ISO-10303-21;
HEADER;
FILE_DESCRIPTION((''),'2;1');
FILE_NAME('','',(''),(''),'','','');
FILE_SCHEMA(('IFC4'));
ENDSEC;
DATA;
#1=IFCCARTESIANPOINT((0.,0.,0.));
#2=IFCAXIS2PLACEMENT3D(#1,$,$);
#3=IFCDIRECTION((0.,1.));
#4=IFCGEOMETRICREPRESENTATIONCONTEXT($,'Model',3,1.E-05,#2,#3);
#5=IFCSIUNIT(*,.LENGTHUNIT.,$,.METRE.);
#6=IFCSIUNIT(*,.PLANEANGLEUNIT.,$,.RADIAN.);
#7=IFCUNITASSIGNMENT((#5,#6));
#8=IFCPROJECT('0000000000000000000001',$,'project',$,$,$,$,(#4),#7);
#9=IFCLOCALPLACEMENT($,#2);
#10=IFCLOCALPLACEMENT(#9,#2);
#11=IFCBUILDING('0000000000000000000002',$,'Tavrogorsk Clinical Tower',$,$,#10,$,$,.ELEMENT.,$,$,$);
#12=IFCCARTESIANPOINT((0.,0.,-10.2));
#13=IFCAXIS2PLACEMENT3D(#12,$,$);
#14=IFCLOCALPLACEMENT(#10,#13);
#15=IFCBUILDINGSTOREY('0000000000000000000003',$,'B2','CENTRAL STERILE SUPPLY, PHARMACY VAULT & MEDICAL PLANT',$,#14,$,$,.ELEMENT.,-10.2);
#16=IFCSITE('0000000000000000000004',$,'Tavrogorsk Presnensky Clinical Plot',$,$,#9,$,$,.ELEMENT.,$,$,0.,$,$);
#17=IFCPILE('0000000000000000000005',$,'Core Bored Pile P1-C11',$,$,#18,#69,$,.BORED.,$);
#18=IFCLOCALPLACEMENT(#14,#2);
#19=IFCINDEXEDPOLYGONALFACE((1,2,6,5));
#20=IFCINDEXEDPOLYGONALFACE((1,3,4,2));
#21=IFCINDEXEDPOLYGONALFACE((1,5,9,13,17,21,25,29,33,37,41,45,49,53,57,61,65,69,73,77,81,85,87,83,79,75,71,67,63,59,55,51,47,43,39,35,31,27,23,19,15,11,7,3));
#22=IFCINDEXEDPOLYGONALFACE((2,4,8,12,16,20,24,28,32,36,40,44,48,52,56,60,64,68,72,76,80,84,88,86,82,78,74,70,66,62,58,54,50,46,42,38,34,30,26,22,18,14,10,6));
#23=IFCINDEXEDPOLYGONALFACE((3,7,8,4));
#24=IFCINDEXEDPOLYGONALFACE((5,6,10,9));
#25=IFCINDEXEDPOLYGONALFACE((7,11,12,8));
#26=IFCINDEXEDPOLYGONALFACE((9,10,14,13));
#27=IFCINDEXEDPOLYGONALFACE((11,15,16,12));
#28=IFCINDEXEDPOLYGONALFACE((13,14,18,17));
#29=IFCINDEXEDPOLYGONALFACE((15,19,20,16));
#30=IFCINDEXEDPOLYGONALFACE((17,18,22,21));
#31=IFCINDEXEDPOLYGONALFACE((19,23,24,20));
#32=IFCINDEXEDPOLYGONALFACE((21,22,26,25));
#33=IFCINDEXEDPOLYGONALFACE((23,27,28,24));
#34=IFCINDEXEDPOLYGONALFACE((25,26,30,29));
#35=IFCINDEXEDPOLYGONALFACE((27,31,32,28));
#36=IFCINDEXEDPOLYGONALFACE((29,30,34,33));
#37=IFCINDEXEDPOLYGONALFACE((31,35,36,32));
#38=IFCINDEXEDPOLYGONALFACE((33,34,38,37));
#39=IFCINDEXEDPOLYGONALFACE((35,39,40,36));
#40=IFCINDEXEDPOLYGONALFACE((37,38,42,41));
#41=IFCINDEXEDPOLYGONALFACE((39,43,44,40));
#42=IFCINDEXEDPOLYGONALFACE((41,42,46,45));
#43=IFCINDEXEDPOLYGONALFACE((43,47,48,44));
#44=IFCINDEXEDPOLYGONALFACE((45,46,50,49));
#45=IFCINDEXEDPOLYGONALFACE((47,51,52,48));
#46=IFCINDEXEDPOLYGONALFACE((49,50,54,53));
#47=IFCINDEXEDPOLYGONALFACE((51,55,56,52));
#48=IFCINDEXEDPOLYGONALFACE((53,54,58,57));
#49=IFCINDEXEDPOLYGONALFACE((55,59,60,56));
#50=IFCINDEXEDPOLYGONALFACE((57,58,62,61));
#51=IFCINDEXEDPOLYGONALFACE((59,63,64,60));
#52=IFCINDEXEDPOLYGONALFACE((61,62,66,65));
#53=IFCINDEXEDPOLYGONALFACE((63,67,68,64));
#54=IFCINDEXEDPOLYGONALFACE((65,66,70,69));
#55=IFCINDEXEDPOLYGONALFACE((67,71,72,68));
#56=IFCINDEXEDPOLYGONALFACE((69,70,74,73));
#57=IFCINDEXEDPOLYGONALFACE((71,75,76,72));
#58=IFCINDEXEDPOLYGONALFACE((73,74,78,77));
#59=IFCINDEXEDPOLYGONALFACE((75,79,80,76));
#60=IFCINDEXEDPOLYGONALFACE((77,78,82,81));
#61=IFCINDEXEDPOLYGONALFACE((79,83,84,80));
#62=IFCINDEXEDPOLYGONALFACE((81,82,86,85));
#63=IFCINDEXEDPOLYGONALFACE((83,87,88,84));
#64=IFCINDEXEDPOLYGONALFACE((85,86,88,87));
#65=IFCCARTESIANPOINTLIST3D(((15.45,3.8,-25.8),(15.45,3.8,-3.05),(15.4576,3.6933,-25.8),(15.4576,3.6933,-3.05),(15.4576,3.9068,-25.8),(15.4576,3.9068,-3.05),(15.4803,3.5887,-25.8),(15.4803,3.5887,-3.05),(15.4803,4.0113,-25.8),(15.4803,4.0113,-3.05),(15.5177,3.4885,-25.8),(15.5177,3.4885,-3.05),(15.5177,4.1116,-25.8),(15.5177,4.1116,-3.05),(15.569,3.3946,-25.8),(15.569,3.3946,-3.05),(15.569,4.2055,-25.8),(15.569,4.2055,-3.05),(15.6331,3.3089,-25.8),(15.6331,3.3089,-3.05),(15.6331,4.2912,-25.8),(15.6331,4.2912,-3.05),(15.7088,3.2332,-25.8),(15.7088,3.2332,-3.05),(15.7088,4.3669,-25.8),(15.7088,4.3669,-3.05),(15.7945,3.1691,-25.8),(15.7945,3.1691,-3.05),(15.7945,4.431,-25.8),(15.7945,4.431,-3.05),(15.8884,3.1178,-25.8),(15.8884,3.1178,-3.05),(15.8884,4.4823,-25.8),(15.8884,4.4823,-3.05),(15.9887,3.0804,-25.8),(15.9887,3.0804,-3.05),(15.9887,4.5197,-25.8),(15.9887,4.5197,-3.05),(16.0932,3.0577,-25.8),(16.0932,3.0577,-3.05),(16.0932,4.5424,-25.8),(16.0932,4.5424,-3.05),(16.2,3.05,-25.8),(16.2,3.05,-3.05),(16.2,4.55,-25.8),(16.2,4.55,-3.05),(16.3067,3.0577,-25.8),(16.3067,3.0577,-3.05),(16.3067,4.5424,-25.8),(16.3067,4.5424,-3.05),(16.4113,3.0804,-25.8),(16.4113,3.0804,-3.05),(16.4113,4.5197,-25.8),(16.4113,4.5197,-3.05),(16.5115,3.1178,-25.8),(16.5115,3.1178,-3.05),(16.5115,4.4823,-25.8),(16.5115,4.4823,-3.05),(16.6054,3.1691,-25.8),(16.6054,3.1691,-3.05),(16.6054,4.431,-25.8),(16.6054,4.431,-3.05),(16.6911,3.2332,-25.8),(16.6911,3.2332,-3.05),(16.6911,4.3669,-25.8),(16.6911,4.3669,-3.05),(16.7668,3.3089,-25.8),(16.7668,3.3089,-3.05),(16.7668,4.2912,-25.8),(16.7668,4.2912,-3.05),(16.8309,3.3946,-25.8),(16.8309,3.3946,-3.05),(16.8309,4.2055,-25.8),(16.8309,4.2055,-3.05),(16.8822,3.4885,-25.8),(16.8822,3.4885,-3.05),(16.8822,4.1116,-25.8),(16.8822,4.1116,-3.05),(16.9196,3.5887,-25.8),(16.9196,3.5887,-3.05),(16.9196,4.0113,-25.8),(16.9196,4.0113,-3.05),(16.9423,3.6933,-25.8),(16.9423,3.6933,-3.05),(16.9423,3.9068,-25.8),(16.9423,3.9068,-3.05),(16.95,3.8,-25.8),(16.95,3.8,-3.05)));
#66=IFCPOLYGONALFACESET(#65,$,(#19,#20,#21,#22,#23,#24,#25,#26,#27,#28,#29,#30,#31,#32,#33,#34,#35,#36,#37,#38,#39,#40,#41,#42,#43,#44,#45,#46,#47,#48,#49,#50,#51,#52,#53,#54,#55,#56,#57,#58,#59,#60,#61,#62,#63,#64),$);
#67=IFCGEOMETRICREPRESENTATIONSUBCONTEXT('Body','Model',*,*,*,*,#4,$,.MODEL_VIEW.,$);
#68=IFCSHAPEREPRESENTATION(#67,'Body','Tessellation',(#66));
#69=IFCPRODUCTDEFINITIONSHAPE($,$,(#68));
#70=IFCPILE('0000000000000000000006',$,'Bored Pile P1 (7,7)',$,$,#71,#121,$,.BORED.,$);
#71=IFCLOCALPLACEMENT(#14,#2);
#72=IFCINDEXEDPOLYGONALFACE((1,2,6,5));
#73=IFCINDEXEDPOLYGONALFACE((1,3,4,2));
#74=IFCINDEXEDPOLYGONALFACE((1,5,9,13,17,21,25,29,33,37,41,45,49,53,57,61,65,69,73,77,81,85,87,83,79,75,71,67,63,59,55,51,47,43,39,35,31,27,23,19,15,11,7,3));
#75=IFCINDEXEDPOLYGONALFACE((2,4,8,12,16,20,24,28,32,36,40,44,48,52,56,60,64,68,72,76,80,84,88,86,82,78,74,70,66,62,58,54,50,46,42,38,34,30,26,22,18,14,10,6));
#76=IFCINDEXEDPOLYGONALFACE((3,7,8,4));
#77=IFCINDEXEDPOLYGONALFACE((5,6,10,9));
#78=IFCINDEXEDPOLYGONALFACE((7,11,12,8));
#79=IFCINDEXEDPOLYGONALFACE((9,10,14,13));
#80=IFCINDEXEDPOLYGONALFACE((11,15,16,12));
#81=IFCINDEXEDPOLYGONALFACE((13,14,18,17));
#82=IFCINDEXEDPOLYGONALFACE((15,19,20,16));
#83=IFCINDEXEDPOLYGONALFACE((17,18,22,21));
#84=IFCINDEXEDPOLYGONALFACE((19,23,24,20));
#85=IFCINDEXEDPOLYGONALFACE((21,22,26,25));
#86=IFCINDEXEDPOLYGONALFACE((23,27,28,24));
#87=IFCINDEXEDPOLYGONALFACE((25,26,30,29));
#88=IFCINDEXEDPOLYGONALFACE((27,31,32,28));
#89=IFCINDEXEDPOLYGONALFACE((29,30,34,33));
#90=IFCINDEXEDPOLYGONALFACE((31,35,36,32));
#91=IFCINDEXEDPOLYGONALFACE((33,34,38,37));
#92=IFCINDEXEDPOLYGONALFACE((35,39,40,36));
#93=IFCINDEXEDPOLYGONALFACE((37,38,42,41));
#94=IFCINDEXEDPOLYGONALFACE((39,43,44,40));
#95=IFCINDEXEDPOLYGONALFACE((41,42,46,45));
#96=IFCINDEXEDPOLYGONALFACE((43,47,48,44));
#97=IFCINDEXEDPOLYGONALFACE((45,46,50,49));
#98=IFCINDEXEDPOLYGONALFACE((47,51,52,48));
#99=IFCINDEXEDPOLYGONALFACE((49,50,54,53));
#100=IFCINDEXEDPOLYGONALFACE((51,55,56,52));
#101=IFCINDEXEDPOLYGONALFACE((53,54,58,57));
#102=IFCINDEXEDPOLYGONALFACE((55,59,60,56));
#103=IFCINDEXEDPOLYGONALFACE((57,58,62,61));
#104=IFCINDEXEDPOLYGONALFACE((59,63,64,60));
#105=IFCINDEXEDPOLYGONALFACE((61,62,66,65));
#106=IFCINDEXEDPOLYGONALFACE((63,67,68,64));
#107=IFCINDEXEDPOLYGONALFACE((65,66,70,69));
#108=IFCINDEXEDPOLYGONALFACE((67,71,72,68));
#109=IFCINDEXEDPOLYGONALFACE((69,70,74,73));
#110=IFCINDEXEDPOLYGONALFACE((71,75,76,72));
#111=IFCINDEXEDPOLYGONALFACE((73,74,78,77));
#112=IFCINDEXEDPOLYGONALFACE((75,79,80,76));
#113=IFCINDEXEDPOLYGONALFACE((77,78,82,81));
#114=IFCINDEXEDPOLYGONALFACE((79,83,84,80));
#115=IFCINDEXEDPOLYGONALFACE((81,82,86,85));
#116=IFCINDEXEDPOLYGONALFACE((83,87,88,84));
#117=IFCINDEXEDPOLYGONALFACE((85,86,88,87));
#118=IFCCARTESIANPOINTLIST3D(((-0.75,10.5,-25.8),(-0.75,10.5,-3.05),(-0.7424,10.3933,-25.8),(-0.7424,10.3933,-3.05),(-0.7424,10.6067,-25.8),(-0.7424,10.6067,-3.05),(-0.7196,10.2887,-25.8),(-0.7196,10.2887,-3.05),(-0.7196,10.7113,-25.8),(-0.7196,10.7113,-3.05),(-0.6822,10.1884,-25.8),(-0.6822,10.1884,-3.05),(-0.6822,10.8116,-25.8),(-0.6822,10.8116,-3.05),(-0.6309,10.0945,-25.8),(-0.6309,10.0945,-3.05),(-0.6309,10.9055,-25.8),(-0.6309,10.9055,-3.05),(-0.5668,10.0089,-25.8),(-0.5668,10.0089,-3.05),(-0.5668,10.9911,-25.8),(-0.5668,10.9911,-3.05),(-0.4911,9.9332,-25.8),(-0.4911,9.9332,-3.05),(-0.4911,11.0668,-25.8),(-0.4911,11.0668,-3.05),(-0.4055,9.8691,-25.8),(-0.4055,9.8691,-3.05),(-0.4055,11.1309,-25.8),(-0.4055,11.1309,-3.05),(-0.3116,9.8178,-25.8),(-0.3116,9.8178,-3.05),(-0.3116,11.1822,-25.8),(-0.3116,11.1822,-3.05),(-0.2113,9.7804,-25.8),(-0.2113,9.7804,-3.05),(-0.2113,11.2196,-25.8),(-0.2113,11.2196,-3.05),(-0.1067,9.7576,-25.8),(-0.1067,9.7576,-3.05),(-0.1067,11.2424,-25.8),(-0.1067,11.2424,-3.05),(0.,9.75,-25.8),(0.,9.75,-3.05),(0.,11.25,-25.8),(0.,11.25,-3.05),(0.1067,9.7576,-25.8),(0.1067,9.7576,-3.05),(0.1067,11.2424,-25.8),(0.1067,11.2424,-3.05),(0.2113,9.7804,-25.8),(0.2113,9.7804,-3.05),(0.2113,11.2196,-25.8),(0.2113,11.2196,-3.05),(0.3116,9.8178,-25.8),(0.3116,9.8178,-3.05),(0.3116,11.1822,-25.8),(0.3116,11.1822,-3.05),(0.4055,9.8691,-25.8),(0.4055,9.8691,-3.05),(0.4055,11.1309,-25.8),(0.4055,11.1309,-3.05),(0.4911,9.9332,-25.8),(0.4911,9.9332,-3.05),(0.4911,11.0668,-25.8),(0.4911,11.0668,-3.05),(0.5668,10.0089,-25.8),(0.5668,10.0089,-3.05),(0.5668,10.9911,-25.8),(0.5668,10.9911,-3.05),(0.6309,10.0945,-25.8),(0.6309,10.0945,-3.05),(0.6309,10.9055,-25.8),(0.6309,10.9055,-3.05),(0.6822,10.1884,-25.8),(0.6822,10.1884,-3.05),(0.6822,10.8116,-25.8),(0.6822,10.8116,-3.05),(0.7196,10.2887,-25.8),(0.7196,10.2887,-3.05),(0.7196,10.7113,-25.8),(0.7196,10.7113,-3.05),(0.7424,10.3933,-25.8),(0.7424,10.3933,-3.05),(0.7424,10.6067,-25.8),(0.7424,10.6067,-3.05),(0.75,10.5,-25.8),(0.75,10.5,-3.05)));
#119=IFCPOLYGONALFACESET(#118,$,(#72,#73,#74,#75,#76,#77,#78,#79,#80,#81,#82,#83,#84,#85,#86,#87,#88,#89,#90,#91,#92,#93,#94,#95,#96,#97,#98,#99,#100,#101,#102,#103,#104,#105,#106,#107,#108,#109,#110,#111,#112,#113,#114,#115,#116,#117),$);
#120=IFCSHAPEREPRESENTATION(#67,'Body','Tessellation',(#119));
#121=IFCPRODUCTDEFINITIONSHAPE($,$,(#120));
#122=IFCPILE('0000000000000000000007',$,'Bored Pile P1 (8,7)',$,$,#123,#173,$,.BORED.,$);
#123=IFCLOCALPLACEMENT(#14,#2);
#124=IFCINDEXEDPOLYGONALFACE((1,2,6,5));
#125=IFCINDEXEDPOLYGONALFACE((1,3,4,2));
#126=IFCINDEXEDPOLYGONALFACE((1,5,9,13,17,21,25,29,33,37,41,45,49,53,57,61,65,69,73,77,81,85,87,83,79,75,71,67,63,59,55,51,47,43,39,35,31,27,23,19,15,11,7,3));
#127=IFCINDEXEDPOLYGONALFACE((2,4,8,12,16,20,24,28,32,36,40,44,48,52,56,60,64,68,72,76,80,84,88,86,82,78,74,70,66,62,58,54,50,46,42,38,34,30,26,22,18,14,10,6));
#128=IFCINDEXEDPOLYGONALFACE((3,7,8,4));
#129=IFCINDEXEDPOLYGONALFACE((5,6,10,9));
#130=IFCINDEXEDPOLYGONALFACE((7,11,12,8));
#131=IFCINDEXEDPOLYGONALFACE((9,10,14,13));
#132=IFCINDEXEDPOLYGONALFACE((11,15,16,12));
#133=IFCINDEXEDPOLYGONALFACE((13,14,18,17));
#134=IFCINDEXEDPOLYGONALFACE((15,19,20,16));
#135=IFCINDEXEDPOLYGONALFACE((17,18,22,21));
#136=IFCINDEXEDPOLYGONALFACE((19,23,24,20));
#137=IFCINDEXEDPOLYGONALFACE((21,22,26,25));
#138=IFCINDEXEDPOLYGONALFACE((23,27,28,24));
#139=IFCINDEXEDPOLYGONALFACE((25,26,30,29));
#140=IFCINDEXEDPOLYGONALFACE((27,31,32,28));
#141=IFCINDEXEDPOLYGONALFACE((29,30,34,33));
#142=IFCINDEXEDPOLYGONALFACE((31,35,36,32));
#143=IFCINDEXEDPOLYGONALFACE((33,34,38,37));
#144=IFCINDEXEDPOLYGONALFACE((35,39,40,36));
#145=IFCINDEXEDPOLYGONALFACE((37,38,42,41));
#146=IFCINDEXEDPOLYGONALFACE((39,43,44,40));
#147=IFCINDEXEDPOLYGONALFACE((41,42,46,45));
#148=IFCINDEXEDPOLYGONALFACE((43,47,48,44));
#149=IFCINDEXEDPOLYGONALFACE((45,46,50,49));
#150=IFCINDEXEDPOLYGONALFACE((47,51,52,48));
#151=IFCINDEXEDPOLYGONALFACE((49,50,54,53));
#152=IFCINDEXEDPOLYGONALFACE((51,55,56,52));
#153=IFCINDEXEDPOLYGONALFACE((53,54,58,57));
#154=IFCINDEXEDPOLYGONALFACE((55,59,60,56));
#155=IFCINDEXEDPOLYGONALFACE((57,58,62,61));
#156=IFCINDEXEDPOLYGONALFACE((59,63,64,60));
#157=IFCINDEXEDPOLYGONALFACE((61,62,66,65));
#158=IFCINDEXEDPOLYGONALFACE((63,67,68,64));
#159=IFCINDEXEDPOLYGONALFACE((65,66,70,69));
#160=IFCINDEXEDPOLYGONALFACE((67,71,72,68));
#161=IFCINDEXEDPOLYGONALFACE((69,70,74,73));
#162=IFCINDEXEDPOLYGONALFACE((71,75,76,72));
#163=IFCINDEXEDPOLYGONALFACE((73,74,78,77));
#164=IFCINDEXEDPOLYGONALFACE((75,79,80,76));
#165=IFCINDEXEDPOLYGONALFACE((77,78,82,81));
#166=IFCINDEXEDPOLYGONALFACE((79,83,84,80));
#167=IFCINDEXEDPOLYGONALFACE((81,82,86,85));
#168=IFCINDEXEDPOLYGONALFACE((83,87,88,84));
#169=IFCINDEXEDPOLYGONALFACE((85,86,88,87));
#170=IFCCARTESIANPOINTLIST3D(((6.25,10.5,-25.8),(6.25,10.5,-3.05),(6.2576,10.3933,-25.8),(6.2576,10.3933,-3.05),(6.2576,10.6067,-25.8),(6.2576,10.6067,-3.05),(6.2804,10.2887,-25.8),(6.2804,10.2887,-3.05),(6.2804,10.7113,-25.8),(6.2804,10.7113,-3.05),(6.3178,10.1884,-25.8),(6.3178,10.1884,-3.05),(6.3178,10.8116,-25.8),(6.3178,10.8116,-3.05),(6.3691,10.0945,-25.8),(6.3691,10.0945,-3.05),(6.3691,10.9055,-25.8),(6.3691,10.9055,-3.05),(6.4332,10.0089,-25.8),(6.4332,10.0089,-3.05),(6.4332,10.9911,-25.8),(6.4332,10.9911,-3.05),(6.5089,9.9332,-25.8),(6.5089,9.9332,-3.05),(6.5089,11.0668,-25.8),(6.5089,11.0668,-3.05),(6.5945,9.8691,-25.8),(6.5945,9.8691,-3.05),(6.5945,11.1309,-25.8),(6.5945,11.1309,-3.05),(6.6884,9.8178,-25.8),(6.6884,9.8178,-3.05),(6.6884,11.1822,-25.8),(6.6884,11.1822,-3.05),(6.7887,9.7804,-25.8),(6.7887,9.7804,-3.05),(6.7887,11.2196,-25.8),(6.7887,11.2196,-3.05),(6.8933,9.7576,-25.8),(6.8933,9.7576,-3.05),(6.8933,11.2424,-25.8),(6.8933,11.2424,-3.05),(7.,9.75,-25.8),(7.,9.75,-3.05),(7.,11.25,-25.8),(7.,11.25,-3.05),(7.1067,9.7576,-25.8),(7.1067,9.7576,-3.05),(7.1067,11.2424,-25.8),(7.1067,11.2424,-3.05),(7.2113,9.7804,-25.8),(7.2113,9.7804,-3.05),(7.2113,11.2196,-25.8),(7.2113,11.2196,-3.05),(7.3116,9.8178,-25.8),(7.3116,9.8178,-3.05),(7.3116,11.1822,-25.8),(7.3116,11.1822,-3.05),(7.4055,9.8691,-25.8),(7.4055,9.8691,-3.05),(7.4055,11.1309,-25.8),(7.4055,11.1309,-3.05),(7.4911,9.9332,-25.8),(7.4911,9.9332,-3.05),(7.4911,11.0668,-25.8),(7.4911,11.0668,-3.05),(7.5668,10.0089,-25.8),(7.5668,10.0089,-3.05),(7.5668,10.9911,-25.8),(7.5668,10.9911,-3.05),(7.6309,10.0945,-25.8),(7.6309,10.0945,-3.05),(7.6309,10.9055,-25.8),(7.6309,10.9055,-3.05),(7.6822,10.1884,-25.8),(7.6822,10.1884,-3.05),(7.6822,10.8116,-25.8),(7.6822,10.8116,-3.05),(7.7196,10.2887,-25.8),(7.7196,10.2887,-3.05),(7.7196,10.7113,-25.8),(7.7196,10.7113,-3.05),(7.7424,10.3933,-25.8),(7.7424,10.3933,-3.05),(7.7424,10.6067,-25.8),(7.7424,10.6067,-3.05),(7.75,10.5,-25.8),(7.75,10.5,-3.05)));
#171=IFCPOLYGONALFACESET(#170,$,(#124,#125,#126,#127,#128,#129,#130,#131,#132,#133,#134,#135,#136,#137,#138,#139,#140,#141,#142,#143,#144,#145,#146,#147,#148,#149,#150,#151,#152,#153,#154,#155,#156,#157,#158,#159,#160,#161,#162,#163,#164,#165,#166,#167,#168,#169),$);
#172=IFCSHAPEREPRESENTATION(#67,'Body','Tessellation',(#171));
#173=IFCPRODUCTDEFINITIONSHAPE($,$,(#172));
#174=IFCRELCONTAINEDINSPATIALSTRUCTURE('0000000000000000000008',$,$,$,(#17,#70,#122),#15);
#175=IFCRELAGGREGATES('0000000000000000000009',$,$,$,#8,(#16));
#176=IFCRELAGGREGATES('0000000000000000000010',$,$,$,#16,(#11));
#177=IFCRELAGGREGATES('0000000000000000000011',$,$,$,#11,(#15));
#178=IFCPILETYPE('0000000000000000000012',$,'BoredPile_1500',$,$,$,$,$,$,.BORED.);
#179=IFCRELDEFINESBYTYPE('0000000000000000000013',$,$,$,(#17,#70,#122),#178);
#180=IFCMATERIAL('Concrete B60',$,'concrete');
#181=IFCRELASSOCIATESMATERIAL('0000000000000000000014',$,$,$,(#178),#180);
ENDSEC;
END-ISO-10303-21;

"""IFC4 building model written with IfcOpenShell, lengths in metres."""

from ifc_helpers import new_model, si_unit, direction, frame, origin, origin_2d, place, context, subcontext, project, spatial, circle, extrude, material, material_profile, profile_set, type_object, element, save


model = new_model("IFC4")

# Units and contexts
model_context = context("Model", 3, precision=1e-05, world=origin(), true_north=direction((0.0, 1.0)))
body_context = subcontext(model_context, "Body", "Model", "MODEL_VIEW")
ifc_project = project(units=[si_unit("LENGTHUNIT", "METRE"), si_unit("PLANEANGLEUNIT", "RADIAN")], contexts=[model_context])

# Site, building, storey
site_placement = place(None, origin())
site = spatial("IfcSite", under=ifc_project, at=site_placement, Name="Tavrogorsk Presnensky Clinical Plot", CompositionType="ELEMENT", RefElevation=0.0)
building_placement = place(site_placement, origin())
building = spatial("IfcBuilding", under=site, at=building_placement, Name="Tavrogorsk Clinical Tower", CompositionType="ELEMENT")
storey_placement = place(building_placement, frame((0.0, 0.0, -10.2)))
storey = spatial("IfcBuildingStorey", under=building, at=storey_placement, Name="B2", Description="CENTRAL STERILE SUPPLY, PHARMACY VAULT & MEDICAL PLANT", CompositionType="ELEMENT", Elevation=-10.2)

# Piles
ifc_material_1 = material(Name="Concrete B60", Category="concrete")
ifc_material_profile_1 = material_profile(ifc_material_1, circle(Radius=0.75, at=origin_2d()), Name="BORED-PILE-1500")
ifc_profile_set_1 = profile_set([ifc_material_profile_1], Name="Concrete B60")
pile_type_1 = type_object("IfcPileType", Name="BoredPile_1500", PredefinedType="BORED", material=ifc_profile_set_1)
for number, where, z_axis, x_axis, name in (
    (1, (16.2, 3.8, -3.05), (0.0, 0.0, -1.0), (1.0, 0.0, 0.0), "Core Bored Pile P1-C11"),
    (2, (0.0, 10.5, -3.05), (0.0, 0.0, -1.0), (1.0, 0.0, 0.0), "Bored Pile P1 (7,7)"),
    (3, (7.0, 10.5, -3.05), (0.0, 0.0, -1.0), (1.0, 0.0, 0.0), "Bored Pile P1 (8,7)"),
):
    element("IfcPile", number, at=place(storey_placement, frame(where, z_axis=z_axis, x_axis=x_axis)), inside=storey, type_object=pile_type_1, Name=name, PredefinedType="BORED", context=body_context, shape_type="SweptSolid", body=[
        extrude(circle(Radius=0.75, at=origin_2d()), origin(), (0.0, 0.0, 1.0), 22.75),
    ])

save(model, "model.ifc")
